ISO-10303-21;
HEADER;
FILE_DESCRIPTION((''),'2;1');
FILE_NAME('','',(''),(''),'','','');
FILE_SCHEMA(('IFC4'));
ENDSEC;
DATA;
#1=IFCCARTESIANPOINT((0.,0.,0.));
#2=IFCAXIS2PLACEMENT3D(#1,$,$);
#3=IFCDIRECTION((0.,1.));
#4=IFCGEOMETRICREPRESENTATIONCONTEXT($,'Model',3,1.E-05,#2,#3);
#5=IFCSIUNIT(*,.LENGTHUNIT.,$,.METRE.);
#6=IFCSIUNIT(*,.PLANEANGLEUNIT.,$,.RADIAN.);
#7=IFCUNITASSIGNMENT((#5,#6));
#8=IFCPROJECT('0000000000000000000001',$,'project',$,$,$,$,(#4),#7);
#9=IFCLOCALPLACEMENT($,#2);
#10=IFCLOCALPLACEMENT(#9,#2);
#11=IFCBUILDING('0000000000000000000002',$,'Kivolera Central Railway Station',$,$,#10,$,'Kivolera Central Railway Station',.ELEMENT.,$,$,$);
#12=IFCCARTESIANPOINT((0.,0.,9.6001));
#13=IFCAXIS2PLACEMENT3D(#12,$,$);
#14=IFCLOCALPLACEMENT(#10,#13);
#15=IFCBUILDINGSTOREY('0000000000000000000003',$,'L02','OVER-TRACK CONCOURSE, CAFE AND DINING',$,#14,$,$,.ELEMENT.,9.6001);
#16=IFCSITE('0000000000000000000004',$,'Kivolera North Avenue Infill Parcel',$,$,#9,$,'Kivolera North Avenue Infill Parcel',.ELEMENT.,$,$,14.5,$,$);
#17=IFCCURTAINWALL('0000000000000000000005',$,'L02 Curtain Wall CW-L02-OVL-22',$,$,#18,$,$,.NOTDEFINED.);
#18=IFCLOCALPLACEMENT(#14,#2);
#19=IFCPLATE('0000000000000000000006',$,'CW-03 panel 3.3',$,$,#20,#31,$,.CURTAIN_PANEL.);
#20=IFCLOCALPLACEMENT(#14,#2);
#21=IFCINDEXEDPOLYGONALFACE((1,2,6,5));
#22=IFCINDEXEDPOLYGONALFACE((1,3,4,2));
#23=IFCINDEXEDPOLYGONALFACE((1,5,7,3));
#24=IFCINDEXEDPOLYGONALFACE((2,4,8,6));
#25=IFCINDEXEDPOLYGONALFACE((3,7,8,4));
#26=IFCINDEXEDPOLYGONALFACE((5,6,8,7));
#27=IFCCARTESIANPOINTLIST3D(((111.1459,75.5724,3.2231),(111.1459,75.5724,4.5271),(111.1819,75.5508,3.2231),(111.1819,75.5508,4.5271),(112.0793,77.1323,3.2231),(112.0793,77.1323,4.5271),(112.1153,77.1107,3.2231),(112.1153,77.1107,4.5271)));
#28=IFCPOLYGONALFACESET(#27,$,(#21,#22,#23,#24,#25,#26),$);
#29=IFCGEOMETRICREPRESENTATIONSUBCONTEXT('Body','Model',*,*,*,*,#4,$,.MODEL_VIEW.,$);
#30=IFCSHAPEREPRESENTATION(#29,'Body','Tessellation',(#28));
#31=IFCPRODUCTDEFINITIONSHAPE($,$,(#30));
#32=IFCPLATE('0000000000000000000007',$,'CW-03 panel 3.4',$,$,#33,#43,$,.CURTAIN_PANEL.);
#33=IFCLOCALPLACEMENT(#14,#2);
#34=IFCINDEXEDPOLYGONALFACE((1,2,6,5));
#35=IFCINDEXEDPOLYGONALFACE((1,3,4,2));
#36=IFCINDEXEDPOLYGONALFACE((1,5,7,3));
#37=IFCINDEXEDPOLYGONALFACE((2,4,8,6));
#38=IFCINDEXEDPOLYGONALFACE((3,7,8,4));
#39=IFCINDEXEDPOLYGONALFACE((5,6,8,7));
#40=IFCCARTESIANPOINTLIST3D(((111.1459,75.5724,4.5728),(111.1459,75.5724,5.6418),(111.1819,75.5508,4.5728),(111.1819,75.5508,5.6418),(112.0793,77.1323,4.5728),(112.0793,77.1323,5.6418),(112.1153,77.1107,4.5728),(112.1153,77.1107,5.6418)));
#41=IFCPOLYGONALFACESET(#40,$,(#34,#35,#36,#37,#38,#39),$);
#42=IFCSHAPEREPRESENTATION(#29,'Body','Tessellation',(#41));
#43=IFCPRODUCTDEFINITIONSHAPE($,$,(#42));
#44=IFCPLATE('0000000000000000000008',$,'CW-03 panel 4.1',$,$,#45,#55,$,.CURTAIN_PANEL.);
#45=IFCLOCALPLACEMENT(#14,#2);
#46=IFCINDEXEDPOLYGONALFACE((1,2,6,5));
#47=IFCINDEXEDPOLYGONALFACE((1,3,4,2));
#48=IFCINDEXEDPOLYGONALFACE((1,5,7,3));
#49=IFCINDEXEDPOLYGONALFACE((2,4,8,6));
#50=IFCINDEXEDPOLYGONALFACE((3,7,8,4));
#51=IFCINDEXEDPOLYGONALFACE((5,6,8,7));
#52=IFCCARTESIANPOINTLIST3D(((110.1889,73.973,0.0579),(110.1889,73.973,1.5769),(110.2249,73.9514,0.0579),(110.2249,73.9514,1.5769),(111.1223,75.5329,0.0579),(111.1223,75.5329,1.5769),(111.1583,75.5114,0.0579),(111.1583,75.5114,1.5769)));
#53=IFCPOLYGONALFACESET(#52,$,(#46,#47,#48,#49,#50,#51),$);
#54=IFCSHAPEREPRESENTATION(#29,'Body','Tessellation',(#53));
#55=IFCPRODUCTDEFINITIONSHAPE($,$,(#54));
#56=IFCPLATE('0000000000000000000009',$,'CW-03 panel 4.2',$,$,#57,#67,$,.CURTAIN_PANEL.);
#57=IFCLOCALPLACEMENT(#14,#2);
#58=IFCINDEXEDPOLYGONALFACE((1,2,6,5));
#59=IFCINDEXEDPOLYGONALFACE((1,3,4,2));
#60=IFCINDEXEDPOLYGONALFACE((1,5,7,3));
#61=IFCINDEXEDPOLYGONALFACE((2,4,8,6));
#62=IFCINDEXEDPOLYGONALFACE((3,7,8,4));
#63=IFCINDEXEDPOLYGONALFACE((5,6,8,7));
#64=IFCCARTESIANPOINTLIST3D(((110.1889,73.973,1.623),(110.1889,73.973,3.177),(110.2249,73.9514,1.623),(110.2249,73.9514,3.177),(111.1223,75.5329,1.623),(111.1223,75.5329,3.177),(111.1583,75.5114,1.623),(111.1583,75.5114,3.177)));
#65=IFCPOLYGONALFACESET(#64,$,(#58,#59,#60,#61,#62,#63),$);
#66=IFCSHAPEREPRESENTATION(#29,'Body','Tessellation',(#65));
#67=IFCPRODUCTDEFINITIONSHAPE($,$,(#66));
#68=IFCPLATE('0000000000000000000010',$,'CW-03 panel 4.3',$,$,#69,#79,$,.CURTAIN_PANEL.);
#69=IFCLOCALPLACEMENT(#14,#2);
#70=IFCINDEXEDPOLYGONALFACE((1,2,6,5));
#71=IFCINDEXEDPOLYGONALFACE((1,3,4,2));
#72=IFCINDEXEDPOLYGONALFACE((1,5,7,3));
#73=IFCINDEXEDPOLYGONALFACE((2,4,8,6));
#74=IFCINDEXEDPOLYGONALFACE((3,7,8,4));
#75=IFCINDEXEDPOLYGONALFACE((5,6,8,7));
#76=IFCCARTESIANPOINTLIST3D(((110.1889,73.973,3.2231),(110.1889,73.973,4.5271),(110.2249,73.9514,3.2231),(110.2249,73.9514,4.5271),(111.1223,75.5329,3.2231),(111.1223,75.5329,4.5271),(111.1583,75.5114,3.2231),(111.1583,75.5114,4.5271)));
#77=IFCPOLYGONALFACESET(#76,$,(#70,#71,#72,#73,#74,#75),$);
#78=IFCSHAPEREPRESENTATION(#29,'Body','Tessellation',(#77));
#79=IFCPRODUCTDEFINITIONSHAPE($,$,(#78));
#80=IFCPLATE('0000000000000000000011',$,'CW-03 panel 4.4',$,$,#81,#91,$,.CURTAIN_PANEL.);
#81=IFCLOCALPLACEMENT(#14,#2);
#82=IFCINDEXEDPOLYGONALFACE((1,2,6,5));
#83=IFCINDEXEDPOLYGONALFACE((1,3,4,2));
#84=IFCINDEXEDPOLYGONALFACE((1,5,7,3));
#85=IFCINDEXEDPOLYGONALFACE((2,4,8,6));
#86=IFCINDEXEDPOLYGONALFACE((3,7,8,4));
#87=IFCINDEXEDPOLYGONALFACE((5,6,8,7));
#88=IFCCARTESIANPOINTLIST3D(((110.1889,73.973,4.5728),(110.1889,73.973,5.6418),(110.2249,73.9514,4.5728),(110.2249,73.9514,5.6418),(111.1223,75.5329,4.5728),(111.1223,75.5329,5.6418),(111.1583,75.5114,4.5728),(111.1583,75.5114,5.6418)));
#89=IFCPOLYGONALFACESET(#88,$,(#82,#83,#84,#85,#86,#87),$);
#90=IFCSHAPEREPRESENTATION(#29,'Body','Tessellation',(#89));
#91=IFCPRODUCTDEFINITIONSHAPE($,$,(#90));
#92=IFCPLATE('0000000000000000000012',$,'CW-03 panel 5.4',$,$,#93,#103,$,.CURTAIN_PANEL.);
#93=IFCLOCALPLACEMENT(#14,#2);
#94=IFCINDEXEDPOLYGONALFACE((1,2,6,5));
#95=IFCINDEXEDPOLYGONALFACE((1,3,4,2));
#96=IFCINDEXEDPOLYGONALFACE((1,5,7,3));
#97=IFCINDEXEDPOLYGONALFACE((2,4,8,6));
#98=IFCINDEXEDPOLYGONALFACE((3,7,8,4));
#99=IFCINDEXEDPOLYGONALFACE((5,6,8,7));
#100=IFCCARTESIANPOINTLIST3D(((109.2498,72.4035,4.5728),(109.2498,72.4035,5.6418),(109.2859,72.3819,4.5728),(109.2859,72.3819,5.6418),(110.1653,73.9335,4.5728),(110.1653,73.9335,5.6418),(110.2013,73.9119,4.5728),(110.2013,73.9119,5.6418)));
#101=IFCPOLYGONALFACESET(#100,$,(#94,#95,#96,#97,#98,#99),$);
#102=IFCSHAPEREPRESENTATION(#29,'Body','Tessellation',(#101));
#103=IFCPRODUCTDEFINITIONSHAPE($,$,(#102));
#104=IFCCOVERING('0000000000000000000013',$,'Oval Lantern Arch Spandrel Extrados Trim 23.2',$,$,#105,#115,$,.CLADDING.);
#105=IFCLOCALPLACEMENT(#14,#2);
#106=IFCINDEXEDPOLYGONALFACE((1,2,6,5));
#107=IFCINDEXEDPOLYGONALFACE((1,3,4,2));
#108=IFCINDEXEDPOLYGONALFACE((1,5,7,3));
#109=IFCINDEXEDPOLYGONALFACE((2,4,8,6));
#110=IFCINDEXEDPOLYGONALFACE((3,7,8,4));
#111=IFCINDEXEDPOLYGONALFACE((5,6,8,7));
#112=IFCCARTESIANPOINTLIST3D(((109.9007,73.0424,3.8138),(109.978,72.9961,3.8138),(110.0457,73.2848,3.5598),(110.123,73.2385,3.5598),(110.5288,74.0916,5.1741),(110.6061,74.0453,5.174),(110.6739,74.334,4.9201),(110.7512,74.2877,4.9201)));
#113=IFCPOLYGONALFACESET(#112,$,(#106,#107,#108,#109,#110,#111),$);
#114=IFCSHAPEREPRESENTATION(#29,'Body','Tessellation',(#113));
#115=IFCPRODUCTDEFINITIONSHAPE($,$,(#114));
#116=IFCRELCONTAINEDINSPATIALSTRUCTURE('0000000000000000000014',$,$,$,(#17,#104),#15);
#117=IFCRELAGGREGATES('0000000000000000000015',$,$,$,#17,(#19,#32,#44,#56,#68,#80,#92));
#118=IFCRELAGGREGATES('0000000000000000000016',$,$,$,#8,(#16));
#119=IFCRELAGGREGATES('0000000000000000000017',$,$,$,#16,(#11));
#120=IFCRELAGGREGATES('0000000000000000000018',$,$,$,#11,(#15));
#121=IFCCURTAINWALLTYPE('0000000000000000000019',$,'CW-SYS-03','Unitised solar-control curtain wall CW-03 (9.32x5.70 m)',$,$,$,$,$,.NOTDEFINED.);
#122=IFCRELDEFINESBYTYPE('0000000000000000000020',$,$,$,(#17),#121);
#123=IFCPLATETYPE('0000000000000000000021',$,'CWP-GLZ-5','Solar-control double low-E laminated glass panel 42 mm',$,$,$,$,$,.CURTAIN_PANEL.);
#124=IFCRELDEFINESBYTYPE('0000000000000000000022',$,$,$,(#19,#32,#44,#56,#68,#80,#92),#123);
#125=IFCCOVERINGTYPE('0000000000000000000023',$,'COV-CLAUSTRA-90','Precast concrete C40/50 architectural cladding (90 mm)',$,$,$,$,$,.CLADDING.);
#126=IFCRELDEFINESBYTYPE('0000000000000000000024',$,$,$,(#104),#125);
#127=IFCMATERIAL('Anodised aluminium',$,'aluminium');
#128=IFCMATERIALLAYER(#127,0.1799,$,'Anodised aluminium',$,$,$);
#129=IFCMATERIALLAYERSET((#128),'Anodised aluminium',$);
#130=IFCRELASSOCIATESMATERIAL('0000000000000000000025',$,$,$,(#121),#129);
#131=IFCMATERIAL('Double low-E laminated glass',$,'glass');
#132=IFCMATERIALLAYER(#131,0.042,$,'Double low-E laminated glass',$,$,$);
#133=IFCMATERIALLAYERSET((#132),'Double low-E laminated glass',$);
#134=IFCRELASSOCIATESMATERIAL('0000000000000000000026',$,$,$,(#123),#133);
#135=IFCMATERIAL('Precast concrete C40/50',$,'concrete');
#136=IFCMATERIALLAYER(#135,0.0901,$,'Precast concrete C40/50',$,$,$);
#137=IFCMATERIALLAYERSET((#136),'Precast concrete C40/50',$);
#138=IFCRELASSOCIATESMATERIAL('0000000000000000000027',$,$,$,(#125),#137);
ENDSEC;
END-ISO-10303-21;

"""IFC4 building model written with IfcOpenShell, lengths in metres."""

from ifc_helpers import new_model, si_unit, direction, frame, origin, origin_2d, place, context, subcontext, project, spatial, rectangle, extrude, material, layer, layer_set, type_object, element, aggregate, save


model = new_model("IFC4")

# Units and contexts
model_context = context("Model", 3, precision=1e-05, world=origin(), true_north=direction((0.0, 1.0)))
body_context = subcontext(model_context, "Body", "Model", "MODEL_VIEW")
ifc_project = project(units=[si_unit("LENGTHUNIT", "METRE"), si_unit("PLANEANGLEUNIT", "RADIAN")], contexts=[model_context])

# Site, building, storey
site_placement = place(None, origin())
site = spatial("IfcSite", under=ifc_project, at=site_placement, Name="Kivolera North Avenue Infill Parcel", LongName="Kivolera North Avenue Infill Parcel", CompositionType="ELEMENT", RefElevation=14.5)
building_placement = place(site_placement, origin())
building = spatial("IfcBuilding", under=site, at=building_placement, Name="Kivolera Central Railway Station", LongName="Kivolera Central Railway Station", CompositionType="ELEMENT")
storey_placement = place(building_placement, frame((0.0, 0.0, 9.6001)))
storey = spatial("IfcBuildingStorey", under=building, at=storey_placement, Name="L02", Description="OVER-TRACK CONCOURSE, CAFE AND DINING", CompositionType="ELEMENT", Elevation=9.6001)

# Curtain wall, plates
ifc_material_1 = material(Name="Anodised aluminium", Category="aluminium")
ifc_layer_1 = layer(ifc_material_1, 0.1799, Name="Anodised aluminium")
ifc_layer_set_1 = layer_set([ifc_layer_1], Name="Anodised aluminium")
curtain_wall_type = type_object("IfcCurtainWallType", Name="CW-SYS-03", Description="Unitised solar-control curtain wall CW-03 (9.32x5.70 m)", PredefinedType="NOTDEFINED", material=ifc_layer_set_1)
curtain_wall_placement = place(storey_placement, origin())
curtain_wall = element("IfcCurtainWall", 1, at=curtain_wall_placement, inside=storey, type_object=curtain_wall_type, Name="L02 Curtain Wall CW-L02-OVL-22", PredefinedType="NOTDEFINED")
ifc_material_2 = material(Name="Double low-E laminated glass", Category="glass")
ifc_layer_2 = layer(ifc_material_2, 0.042, Name="Double low-E laminated glass")
ifc_layer_set_2 = layer_set([ifc_layer_2], Name="Double low-E laminated glass")
plate_type = type_object("IfcPlateType", Name="CWP-GLZ-5", Description="Solar-control double low-E laminated glass panel 42 mm", PredefinedType="CURTAIN_PANEL", material=ifc_layer_set_2)
plate_1_placement = place(storey_placement, frame((111.6306, 76.3416, 3.2231), z_axis=(0.0, 0.0, 1.0), x_axis=(-0.513454, -0.858117, 0.0)))
plate_1 = element("IfcPlate", 2, at=plate_1_placement, type_object=plate_type, Name="CW-03 panel 3.3", PredefinedType="CURTAIN_PANEL", context=body_context, shape_type="SweptSolid", body=[
    extrude(rectangle(XDim=1.8179, YDim=0.042, at=origin_2d()), origin(), (0.0, 0.0, 1.0), 1.304),
])
plate_2_placement = place(storey_placement, frame((111.6306, 76.3416, 4.5728), z_axis=(0.0, 0.0, 1.0), x_axis=(-0.513454, -0.858117, 0.0)))
plate_2 = element("IfcPlate", 3, at=plate_2_placement, type_object=plate_type, Name="CW-03 panel 3.4", PredefinedType="CURTAIN_PANEL", context=body_context, shape_type="SweptSolid", body=[
    extrude(rectangle(XDim=1.8179, YDim=0.042, at=origin_2d()), origin(), (0.0, 0.0, 1.0), 1.0691),
])
plate_3_placement = place(storey_placement, frame((110.6736, 74.7422, 0.0579), z_axis=(0.0, 0.0, 1.0), x_axis=(-0.513454, -0.858117, 0.0)))
plate_3 = element("IfcPlate", 4, at=plate_3_placement, type_object=plate_type, Name="CW-03 panel 4.1", PredefinedType="CURTAIN_PANEL", context=body_context, shape_type="SweptSolid", body=[
    extrude(rectangle(XDim=1.8179, YDim=0.042, at=origin_2d()), origin(), (0.0, 0.0, 1.0), 1.519),
])
plate_4_placement = place(storey_placement, frame((110.6736, 74.7422, 1.623), z_axis=(0.0, 0.0, 1.0), x_axis=(-0.513454, -0.858117, 0.0)))
plate_4 = element("IfcPlate", 5, at=plate_4_placement, type_object=plate_type, Name="CW-03 panel 4.2", PredefinedType="CURTAIN_PANEL", context=body_context, shape_type="SweptSolid", body=[
    extrude(rectangle(XDim=1.8179, YDim=0.042, at=origin_2d()), origin(), (0.0, 0.0, 1.0), 1.554),
])
plate_5_placement = place(storey_placement, frame((110.6736, 74.7422, 3.2231), z_axis=(0.0, 0.0, 1.0), x_axis=(-0.513454, -0.858117, 0.0)))
plate_5 = element("IfcPlate", 6, at=plate_5_placement, type_object=plate_type, Name="CW-03 panel 4.3", PredefinedType="CURTAIN_PANEL", context=body_context, shape_type="SweptSolid", body=[
    extrude(rectangle(XDim=1.8179, YDim=0.042, at=origin_2d()), origin(), (0.0, 0.0, 1.0), 1.304),
])
plate_6_placement = place(storey_placement, frame((110.6736, 74.7422, 4.5728), z_axis=(0.0, 0.0, 1.0), x_axis=(-0.513454, -0.858117, 0.0)))
plate_6 = element("IfcPlate", 7, at=plate_6_placement, type_object=plate_type, Name="CW-03 panel 4.4", PredefinedType="CURTAIN_PANEL", context=body_context, shape_type="SweptSolid", body=[
    extrude(rectangle(XDim=1.8179, YDim=0.042, at=origin_2d()), origin(), (0.0, 0.0, 1.0), 1.0691),
])
plate_7_placement = place(storey_placement, frame((109.7256, 73.1577, 4.5728), z_axis=(0.0, 0.0, 1.0), x_axis=(-0.513454, -0.858117, 0.0)))
plate_7 = element("IfcPlate", 8, at=plate_7_placement, type_object=plate_type, Name="CW-03 panel 5.4", PredefinedType="CURTAIN_PANEL", context=body_context, shape_type="SweptSolid", body=[
    extrude(rectangle(XDim=1.783, YDim=0.042, at=origin_2d()), origin(), (0.0, 0.0, 1.0), 1.0691),
])
aggregate(curtain_wall, [plate_1, plate_2, plate_3, plate_4, plate_5, plate_6, plate_7])

# Covering
ifc_material_3 = material(Name="Precast concrete C40/50", Category="concrete")
ifc_layer_3 = layer(ifc_material_3, 0.0901, Name="Precast concrete C40/50")
ifc_layer_set_3 = layer_set([ifc_layer_3], Name="Precast concrete C40/50")
covering_type = type_object("IfcCoveringType", Name="COV-CLAUSTRA-90", Description="Precast concrete C40/50 architectural cladding (90 mm)", PredefinedType="CLADDING", material=ifc_layer_set_3)
covering_placement = place(storey_placement, frame((110.3259, 73.665, 4.3669), z_axis=(0.343401, 0.573611, 0.743671), x_axis=(0.858138, -0.51342, 0.0)))
element("IfcCovering", 9, at=covering_placement, inside=storey, type_object=covering_type, Name="Oval Lantern Arch Spandrel Extrados Trim 23.2", PredefinedType="CLADDING", context=body_context, shape_type="SweptSolid", body=[
    extrude(rectangle(XDim=0.0901, YDim=0.3799, at=origin_2d()), frame((0.0, 0.0, -0.9146)), (0.0, 0.0, 1.0), 1.8291),
])

save(model, "model.ifc")
